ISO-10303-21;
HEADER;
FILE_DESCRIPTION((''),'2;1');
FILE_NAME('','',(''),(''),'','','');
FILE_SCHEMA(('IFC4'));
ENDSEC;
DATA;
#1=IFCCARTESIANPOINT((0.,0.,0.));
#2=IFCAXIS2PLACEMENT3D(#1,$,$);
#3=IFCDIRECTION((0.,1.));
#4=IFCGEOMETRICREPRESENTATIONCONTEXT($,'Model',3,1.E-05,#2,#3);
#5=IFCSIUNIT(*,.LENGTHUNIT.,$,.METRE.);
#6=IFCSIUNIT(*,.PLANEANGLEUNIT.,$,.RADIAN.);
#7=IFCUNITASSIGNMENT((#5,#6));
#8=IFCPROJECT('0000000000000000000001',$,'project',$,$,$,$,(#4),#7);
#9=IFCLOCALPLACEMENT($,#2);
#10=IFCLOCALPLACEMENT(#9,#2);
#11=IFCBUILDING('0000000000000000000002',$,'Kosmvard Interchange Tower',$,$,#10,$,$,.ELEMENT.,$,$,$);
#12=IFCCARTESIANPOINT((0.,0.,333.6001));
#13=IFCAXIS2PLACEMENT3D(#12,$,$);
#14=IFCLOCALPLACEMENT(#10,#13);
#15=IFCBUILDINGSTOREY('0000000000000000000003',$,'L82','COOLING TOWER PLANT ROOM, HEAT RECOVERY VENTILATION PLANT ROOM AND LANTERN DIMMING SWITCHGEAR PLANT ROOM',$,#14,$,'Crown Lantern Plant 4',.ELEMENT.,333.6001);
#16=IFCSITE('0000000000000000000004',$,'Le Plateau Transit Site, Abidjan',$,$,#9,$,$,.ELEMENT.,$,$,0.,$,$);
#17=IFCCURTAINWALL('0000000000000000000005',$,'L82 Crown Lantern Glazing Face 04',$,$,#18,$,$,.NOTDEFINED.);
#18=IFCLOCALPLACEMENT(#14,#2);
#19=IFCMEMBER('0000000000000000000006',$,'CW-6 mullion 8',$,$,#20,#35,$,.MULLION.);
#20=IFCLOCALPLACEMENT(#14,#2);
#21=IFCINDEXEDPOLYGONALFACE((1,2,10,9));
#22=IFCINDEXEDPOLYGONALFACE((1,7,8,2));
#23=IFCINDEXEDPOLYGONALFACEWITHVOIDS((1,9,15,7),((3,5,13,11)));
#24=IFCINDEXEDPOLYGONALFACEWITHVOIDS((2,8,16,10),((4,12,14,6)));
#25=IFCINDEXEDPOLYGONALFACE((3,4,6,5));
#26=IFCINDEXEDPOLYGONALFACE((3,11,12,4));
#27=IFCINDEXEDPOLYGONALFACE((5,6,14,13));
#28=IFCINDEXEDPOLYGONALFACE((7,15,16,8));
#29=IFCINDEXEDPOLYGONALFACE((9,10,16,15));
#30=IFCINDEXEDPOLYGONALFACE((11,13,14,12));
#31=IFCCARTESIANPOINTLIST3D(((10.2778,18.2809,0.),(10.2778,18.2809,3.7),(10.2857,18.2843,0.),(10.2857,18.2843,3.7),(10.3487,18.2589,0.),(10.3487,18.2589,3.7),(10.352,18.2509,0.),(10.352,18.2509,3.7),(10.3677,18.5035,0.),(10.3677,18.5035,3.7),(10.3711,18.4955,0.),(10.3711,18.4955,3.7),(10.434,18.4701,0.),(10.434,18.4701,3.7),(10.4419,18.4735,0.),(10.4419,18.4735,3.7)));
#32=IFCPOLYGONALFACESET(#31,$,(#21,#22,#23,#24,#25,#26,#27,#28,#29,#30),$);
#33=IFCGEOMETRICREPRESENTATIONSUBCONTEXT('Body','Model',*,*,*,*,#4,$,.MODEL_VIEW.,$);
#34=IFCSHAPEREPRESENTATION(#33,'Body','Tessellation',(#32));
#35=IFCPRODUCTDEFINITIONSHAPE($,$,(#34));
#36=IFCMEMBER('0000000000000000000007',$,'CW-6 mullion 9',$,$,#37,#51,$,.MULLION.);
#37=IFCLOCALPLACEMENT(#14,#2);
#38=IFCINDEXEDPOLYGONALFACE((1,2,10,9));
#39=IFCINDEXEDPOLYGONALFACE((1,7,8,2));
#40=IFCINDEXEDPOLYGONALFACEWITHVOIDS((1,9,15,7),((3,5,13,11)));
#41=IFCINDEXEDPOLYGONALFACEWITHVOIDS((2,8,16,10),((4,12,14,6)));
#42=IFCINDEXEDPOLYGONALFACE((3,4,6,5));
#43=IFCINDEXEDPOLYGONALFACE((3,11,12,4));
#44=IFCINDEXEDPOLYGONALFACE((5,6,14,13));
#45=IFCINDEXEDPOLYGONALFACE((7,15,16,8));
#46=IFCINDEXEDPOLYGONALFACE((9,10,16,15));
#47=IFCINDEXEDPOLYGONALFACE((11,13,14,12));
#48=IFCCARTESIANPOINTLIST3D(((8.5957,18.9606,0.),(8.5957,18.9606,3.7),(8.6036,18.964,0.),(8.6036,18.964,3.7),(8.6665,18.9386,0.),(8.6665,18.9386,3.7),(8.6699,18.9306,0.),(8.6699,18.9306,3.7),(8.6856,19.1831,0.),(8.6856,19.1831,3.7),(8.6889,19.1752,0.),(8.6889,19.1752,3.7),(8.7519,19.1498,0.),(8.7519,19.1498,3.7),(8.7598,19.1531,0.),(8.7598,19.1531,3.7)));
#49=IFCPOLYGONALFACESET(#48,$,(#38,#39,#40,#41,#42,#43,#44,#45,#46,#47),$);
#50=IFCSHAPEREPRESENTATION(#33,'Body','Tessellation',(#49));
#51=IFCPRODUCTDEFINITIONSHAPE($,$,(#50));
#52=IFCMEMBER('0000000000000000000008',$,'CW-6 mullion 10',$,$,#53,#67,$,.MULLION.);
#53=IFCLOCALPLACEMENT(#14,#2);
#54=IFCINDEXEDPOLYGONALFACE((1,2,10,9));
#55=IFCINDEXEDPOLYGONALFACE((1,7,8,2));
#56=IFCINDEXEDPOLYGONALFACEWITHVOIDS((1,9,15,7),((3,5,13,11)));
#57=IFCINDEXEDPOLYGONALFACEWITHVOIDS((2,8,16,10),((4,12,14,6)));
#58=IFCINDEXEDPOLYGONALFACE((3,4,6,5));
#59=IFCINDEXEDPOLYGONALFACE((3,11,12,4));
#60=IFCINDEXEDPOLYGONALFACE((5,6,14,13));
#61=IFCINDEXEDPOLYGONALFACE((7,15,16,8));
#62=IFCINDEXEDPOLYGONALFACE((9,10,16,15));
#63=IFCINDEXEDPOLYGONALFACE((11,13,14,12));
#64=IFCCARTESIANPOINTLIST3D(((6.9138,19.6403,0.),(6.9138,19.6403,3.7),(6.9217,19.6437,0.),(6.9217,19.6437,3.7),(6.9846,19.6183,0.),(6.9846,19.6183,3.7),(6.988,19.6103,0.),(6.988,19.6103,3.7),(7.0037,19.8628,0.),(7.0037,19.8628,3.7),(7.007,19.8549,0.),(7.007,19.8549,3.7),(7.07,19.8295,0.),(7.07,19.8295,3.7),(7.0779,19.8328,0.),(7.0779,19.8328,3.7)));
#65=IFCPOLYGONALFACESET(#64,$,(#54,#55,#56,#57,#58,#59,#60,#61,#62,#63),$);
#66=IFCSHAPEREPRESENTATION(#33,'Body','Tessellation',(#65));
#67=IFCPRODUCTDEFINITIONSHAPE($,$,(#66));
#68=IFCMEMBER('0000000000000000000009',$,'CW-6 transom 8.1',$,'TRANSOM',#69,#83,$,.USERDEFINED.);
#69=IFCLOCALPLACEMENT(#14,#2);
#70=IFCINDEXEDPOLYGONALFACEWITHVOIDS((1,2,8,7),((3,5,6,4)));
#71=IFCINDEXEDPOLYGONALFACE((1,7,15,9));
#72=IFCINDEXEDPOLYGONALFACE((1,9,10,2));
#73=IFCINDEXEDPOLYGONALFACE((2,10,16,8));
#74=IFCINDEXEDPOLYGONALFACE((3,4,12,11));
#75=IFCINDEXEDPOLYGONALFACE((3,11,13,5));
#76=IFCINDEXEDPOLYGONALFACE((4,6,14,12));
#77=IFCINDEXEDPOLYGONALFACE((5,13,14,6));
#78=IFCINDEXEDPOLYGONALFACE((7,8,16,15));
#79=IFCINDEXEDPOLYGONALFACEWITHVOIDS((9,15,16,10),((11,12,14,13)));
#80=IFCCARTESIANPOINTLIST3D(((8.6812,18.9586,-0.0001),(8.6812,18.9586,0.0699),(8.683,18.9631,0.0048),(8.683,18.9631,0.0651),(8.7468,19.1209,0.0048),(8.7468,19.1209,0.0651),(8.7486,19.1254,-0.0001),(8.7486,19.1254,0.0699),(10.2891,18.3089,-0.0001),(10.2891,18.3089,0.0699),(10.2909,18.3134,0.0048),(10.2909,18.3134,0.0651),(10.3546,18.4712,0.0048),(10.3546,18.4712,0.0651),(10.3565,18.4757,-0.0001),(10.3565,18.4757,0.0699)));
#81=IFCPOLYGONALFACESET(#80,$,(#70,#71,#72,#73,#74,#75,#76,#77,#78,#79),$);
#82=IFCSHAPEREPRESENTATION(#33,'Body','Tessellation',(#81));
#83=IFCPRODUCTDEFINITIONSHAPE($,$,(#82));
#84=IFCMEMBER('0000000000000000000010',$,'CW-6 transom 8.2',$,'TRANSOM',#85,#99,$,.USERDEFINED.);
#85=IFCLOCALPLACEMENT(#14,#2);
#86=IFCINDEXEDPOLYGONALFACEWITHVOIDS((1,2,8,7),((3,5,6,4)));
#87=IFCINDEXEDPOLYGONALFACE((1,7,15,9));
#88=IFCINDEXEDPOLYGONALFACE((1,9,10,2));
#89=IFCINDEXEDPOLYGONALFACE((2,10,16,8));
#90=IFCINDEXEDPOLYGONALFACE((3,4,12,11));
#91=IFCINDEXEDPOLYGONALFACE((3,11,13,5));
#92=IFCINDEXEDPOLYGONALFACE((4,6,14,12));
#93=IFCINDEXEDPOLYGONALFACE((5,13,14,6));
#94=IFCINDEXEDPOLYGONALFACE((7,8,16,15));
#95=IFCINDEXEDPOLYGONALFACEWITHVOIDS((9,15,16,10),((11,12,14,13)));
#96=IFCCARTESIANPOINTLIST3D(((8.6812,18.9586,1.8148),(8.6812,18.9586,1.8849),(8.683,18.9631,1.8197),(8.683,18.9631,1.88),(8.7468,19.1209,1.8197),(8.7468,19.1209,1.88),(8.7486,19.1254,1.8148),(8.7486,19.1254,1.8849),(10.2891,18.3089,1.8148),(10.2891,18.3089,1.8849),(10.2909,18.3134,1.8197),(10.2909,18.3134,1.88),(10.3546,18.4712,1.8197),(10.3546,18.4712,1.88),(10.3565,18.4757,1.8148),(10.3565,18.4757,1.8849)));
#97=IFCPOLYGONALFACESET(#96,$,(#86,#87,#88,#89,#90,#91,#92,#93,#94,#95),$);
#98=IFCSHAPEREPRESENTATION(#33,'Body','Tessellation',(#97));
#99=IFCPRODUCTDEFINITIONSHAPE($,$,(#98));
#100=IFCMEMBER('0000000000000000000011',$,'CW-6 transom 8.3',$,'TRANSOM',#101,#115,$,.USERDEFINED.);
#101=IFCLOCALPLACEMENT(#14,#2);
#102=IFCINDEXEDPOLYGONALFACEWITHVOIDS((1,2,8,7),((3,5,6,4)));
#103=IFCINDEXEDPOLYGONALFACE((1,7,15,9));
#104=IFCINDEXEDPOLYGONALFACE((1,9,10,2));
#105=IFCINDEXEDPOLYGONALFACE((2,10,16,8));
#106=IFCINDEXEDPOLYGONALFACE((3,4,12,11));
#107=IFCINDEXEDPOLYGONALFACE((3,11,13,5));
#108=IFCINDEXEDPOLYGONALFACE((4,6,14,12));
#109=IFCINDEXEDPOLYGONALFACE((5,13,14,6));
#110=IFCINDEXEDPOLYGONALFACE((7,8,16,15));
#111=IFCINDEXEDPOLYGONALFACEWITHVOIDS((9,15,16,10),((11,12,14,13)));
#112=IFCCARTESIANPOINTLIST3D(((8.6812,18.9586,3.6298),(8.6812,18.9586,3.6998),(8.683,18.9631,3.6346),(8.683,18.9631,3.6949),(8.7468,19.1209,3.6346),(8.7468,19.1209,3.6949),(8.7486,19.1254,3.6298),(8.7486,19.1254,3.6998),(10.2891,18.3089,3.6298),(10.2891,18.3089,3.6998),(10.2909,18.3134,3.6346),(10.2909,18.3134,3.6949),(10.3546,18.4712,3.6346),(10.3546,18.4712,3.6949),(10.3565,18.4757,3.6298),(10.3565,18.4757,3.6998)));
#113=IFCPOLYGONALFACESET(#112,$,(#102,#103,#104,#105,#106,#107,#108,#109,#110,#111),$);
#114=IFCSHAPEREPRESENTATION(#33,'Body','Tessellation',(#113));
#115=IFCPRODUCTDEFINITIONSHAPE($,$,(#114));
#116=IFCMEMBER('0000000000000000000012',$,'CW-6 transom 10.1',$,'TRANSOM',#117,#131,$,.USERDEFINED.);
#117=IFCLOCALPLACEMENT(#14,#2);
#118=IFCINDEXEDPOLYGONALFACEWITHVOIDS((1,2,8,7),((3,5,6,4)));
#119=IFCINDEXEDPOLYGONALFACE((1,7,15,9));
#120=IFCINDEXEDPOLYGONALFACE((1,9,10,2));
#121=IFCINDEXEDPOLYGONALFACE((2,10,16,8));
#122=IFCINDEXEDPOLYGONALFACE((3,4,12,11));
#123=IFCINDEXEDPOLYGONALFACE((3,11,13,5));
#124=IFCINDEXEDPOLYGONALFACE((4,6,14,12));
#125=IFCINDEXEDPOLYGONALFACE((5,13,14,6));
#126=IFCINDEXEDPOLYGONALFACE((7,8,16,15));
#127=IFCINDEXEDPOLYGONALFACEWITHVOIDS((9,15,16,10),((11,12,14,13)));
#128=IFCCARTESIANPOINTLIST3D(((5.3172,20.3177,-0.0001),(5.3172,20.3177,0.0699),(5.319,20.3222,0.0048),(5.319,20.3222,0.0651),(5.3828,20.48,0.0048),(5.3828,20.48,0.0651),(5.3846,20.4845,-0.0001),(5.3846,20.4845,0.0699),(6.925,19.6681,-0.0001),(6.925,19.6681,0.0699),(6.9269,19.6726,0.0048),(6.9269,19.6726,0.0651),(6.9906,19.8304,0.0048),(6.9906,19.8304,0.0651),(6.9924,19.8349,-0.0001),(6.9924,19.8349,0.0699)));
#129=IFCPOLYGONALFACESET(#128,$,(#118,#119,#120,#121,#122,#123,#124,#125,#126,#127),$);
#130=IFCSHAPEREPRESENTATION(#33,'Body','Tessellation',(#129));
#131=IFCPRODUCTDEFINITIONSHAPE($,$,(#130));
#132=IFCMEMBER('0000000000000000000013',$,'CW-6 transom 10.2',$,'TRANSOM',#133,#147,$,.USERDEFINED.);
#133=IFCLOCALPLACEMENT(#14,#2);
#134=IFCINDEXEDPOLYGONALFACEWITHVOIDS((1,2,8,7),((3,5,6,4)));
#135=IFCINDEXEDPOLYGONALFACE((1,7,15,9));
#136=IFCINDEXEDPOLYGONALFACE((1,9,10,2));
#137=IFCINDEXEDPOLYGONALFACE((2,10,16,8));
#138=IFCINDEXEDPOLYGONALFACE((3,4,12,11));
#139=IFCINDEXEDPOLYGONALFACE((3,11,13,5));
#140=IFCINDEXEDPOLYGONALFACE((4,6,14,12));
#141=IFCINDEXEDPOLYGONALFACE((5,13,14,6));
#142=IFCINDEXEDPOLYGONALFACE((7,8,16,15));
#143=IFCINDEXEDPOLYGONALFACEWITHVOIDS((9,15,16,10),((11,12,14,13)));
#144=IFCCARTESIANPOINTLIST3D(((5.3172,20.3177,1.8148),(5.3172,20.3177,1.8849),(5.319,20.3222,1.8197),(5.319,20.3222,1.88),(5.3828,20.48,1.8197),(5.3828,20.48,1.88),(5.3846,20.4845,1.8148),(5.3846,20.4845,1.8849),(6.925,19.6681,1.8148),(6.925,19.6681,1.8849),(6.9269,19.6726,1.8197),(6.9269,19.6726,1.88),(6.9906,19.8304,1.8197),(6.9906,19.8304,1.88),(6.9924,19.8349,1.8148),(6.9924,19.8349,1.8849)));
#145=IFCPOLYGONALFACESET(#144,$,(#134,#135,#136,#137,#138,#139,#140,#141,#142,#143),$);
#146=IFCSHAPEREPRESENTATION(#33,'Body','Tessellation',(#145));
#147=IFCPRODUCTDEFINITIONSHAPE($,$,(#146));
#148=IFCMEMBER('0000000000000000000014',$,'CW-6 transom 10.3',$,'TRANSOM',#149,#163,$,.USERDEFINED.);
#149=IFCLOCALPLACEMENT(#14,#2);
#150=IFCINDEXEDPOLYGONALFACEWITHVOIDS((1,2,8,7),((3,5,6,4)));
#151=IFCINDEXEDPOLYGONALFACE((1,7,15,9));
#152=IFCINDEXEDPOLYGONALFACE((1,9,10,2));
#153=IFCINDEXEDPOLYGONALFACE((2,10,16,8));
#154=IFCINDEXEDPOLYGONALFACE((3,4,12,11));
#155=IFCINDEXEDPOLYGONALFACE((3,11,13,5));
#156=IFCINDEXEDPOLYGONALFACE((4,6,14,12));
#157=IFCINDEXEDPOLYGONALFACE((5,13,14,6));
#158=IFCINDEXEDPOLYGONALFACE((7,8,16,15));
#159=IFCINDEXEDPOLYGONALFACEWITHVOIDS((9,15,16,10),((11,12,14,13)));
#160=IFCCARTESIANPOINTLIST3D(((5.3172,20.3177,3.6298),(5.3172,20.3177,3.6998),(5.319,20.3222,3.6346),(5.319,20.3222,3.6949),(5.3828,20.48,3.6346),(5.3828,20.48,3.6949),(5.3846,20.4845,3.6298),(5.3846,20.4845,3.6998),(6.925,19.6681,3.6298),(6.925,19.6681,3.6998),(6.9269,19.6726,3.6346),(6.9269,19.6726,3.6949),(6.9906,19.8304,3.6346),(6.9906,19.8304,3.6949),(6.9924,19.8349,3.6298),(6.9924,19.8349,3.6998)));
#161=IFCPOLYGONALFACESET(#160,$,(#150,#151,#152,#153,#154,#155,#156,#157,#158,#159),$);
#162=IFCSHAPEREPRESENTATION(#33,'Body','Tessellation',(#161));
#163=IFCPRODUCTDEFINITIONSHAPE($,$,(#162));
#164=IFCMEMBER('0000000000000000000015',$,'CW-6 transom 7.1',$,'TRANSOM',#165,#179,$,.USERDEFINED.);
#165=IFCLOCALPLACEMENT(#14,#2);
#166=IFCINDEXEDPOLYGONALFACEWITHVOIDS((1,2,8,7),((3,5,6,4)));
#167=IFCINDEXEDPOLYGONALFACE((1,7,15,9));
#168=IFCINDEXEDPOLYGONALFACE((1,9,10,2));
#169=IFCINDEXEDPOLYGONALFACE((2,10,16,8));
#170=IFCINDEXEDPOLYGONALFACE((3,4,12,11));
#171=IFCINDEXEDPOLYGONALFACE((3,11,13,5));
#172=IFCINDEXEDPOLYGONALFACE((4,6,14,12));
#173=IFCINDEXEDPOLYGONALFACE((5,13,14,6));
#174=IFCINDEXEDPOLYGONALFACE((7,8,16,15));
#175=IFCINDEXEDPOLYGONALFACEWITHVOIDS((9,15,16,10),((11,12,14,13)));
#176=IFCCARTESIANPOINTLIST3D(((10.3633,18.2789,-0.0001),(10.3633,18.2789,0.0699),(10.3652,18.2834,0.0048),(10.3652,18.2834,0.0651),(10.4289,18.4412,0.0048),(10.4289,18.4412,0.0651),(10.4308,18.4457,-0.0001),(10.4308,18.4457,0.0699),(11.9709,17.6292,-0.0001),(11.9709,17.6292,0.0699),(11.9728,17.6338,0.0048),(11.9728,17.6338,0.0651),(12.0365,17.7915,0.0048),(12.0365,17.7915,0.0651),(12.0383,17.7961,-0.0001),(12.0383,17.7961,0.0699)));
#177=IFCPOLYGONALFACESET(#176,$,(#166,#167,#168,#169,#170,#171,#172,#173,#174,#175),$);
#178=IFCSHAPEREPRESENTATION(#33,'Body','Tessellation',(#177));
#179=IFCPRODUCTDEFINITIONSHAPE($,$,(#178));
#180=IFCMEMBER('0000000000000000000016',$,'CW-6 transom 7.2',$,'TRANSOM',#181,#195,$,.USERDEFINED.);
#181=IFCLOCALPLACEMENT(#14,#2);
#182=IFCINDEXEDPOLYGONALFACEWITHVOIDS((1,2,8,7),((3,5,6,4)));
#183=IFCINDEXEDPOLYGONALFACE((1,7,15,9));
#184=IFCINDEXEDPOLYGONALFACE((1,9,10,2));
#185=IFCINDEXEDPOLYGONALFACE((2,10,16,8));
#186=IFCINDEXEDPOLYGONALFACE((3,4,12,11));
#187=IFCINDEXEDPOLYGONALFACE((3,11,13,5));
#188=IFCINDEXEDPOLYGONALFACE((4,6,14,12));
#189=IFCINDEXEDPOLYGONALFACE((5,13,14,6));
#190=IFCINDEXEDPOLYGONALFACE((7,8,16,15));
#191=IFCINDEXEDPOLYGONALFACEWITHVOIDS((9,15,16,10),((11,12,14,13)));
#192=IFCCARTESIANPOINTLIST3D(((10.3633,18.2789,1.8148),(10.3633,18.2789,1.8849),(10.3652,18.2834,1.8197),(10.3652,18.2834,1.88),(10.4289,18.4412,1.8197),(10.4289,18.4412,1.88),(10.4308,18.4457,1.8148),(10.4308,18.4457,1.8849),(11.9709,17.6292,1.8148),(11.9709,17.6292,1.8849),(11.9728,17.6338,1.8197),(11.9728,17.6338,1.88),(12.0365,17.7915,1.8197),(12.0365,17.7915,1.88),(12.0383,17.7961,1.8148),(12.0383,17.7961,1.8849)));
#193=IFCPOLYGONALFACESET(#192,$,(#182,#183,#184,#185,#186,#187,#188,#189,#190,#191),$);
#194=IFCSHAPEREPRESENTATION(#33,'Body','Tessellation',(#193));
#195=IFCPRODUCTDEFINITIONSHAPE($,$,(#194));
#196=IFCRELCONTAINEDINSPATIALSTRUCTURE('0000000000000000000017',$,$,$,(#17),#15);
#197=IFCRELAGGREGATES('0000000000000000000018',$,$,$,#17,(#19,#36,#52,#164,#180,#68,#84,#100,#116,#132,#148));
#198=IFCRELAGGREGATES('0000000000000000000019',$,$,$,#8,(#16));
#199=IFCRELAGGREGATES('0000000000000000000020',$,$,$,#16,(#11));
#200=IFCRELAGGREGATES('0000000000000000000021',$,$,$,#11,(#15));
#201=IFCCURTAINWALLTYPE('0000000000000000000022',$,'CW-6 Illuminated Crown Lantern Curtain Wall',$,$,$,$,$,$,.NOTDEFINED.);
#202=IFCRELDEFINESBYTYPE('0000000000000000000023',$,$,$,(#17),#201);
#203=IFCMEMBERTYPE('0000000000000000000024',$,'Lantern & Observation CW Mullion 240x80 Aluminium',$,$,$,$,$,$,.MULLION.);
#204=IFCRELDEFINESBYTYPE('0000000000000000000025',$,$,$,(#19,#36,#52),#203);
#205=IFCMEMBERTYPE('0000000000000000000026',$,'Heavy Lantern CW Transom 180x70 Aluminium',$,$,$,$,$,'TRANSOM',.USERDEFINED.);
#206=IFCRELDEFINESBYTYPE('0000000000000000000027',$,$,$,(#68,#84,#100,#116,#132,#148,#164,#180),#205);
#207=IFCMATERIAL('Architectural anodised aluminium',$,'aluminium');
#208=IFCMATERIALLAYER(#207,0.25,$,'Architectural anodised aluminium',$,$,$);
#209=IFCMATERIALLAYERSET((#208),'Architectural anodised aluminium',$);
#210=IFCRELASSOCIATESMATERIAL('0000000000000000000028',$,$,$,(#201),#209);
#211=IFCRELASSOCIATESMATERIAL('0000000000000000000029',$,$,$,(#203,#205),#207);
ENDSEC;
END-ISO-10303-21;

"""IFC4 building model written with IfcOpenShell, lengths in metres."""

from ifc_helpers import new_model, si_unit, direction, frame, origin, origin_2d, place, context, subcontext, project, spatial, hollow_rectangle, extrude, source, transform, mapped, material, layer, layer_set, material_profile, profile_set, type_object, element, aggregate, save


model = new_model("IFC4")

# Units and contexts
model_context = context("Model", 3, precision=1e-05, world=origin(), true_north=direction((0.0, 1.0)))
body_context = subcontext(model_context, "Body", "Model", "MODEL_VIEW")
ifc_project = project(units=[si_unit("LENGTHUNIT", "METRE"), si_unit("PLANEANGLEUNIT", "RADIAN")], contexts=[model_context])

# Site, building, storey
site_placement = place(None, origin())
site = spatial("IfcSite", under=ifc_project, at=site_placement, Name="Le Plateau Transit Site, Abidjan", CompositionType="ELEMENT", RefElevation=0.0)
building_placement = place(site_placement, origin())
building = spatial("IfcBuilding", under=site, at=building_placement, Name="Kosmvard Interchange Tower", CompositionType="ELEMENT")
storey_placement = place(building_placement, frame((0.0, 0.0, 333.6001)))
storey = spatial("IfcBuildingStorey", under=building, at=storey_placement, Name="L82", Description="COOLING TOWER PLANT ROOM, HEAT RECOVERY VENTILATION PLANT ROOM AND LANTERN DIMMING SWITCHGEAR PLANT ROOM", LongName="Crown Lantern Plant 4", CompositionType="ELEMENT", Elevation=333.6001)

# Curtain wall, members
ifc_material_1 = material(Name="Architectural anodised aluminium", Category="aluminium")
ifc_layer_1 = layer(ifc_material_1, 0.25, Name="Architectural anodised aluminium")
ifc_layer_set_1 = layer_set([ifc_layer_1], Name="Architectural anodised aluminium")
curtain_wall_type = type_object("IfcCurtainWallType", Name="CW-6 Illuminated Crown Lantern Curtain Wall", PredefinedType="NOTDEFINED", material=ifc_layer_set_1)
curtain_wall_placement = place(storey_placement, origin())
curtain_wall = element("IfcCurtainWall", 1, at=curtain_wall_placement, inside=storey, type_object=curtain_wall_type, Name="L82 Crown Lantern Glazing Face 04", PredefinedType="NOTDEFINED")
ifc_material_profile_1 = material_profile(ifc_material_1, hollow_rectangle(XDim=0.24, YDim=0.0801, WallThickness=0.0061, at=origin_2d()), Name="CWM 240x80x6")
ifc_profile_set_1 = profile_set([ifc_material_profile_1], Name="Architectural anodised aluminium")
member_type_1 = type_object("IfcMemberType", Name="Lantern & Observation CW Mullion 240x80 Aluminium", PredefinedType="MULLION", material=ifc_profile_set_1)
shared_shape_1 = source(origin(), body_context, "Body", "SweptSolid", [
    extrude(hollow_rectangle(XDim=0.24, YDim=0.0801, WallThickness=0.0061, at=origin_2d()), origin(), (0.0, 0.0, 1.0), 3.7),
])
member_1_placement = place(storey_placement, frame((10.3599, 18.3772, 0.0), z_axis=(0.0, 0.0, 1.0), x_axis=(-0.374607, -0.927184, 0.0)))
member_1 = element("IfcMember", 2, at=member_1_placement, type_object=member_type_1, Name="CW-6 mullion 8", PredefinedType="MULLION", context=body_context, shape_type="MappedRepresentation", body=[
    mapped(shared_shape_1, transform((0.0, 0.0, 0.0), scale=1.0)),
])
member_2_placement = place(storey_placement, frame((8.6777, 19.0569, 0.0), z_axis=(0.0, 0.0, 1.0), x_axis=(-0.374607, -0.927184, 0.0)))
member_2 = element("IfcMember", 3, at=member_2_placement, type_object=member_type_1, Name="CW-6 mullion 9", PredefinedType="MULLION", context=body_context, shape_type="MappedRepresentation", body=[
    mapped(shared_shape_1, transform((0.0, 0.0, 0.0), scale=1.0)),
])
member_3_placement = place(storey_placement, frame((6.9958, 19.7366, 0.0), z_axis=(0.0, 0.0, 1.0), x_axis=(-0.374607, -0.927184, 0.0)))
member_3 = element("IfcMember", 4, at=member_3_placement, type_object=member_type_1, Name="CW-6 mullion 10", PredefinedType="MULLION", context=body_context, shape_type="MappedRepresentation", body=[
    mapped(shared_shape_1, transform((0.0, 0.0, 0.0), scale=1.0)),
])
ifc_material_profile_2 = material_profile(ifc_material_1, hollow_rectangle(XDim=0.1799, YDim=0.0701, WallThickness=0.0049, at=origin_2d()), Name="CWT 180x70x5")
ifc_profile_set_2 = profile_set([ifc_material_profile_2], Name="Architectural anodised aluminium")
member_type_2 = type_object("IfcMemberType", Name="Heavy Lantern CW Transom 180x70 Aluminium", ElementType="TRANSOM", PredefinedType="USERDEFINED", material=ifc_profile_set_2)
shared_shape_2 = source(origin(), body_context, "Body", "SweptSolid", [
    extrude(hollow_rectangle(XDim=0.1799, YDim=0.0701, WallThickness=0.0049, at=origin_2d()), origin(), (0.0, 0.0, 1.0), 1.7341),
])
member_4_placement = place(storey_placement, frame((10.3228, 18.3923, 0.0349), z_axis=(-0.92718, 0.374617, 0.0), x_axis=(-0.374617, -0.92718, 0.0)))
member_4 = element("IfcMember", 5, at=member_4_placement, type_object=member_type_2, Name="CW-6 transom 8.1", ObjectType="TRANSOM", PredefinedType="USERDEFINED", context=body_context, shape_type="MappedRepresentation", body=[
    mapped(shared_shape_2, transform((0.0, 0.0, 0.0), scale=1.0)),
])
member_5_placement = place(storey_placement, frame((10.3228, 18.3923, 1.8499), z_axis=(-0.92718, 0.374617, 0.0), x_axis=(-0.374617, -0.92718, 0.0)))
member_5 = element("IfcMember", 6, at=member_5_placement, type_object=member_type_2, Name="CW-6 transom 8.2", ObjectType="TRANSOM", PredefinedType="USERDEFINED", context=body_context, shape_type="MappedRepresentation", body=[
    mapped(shared_shape_2, transform((0.0, 0.0, 0.0), scale=1.0)),
])
member_6_placement = place(storey_placement, frame((10.3228, 18.3923, 3.6648), z_axis=(-0.92718, 0.374617, 0.0), x_axis=(-0.374617, -0.92718, 0.0)))
member_6 = element("IfcMember", 7, at=member_6_placement, type_object=member_type_2, Name="CW-6 transom 8.3", ObjectType="TRANSOM", PredefinedType="USERDEFINED", context=body_context, shape_type="MappedRepresentation", body=[
    mapped(shared_shape_2, transform((0.0, 0.0, 0.0), scale=1.0)),
])
member_7_placement = place(storey_placement, frame((6.9587, 19.7515, 0.0349), z_axis=(-0.92718, 0.374617, 0.0), x_axis=(-0.374617, -0.92718, 0.0)))
member_7 = element("IfcMember", 8, at=member_7_placement, type_object=member_type_2, Name="CW-6 transom 10.1", ObjectType="TRANSOM", PredefinedType="USERDEFINED", context=body_context, shape_type="MappedRepresentation", body=[
    mapped(shared_shape_2, transform((0.0, 0.0, 0.0), scale=1.0)),
])
member_8_placement = place(storey_placement, frame((6.9587, 19.7515, 1.8499), z_axis=(-0.92718, 0.374617, 0.0), x_axis=(-0.374617, -0.92718, 0.0)))
member_8 = element("IfcMember", 9, at=member_8_placement, type_object=member_type_2, Name="CW-6 transom 10.2", ObjectType="TRANSOM", PredefinedType="USERDEFINED", context=body_context, shape_type="MappedRepresentation", body=[
    mapped(shared_shape_2, transform((0.0, 0.0, 0.0), scale=1.0)),
])
member_9_placement = place(storey_placement, frame((6.9587, 19.7515, 3.6648), z_axis=(-0.92718, 0.374617, 0.0), x_axis=(-0.374617, -0.92718, 0.0)))
member_9 = element("IfcMember", 10, at=member_9_placement, type_object=member_type_2, Name="CW-6 transom 10.3", ObjectType="TRANSOM", PredefinedType="USERDEFINED", context=body_context, shape_type="MappedRepresentation", body=[
    mapped(shared_shape_2, transform((0.0, 0.0, 0.0), scale=1.0)),
])
shared_shape_3 = source(origin(), body_context, "Body", "SweptSolid", [
    extrude(hollow_rectangle(XDim=0.1799, YDim=0.0701, WallThickness=0.0049, at=origin_2d()), origin(), (0.0, 0.0, 1.0), 1.7339),
])
member_10_placement = place(storey_placement, frame((12.0046, 17.7126, 0.0349), z_axis=(-0.92716, 0.374666, 0.0), x_axis=(-0.374666, -0.92716, 0.0)))
member_10 = element("IfcMember", 11, at=member_10_placement, type_object=member_type_2, Name="CW-6 transom 7.1", ObjectType="TRANSOM", PredefinedType="USERDEFINED", context=body_context, shape_type="MappedRepresentation", body=[
    mapped(shared_shape_3, transform((0.0, 0.0, 0.0), scale=1.0)),
])
member_11_placement = place(storey_placement, frame((12.0046, 17.7126, 1.8499), z_axis=(-0.92716, 0.374666, 0.0), x_axis=(-0.374666, -0.92716, 0.0)))
member_11 = element("IfcMember", 12, at=member_11_placement, type_object=member_type_2, Name="CW-6 transom 7.2", ObjectType="TRANSOM", PredefinedType="USERDEFINED", context=body_context, shape_type="MappedRepresentation", body=[
    mapped(shared_shape_3, transform((0.0, 0.0, 0.0), scale=1.0)),
])
aggregate(curtain_wall, [member_1, member_2, member_3, member_10, member_11, member_4, member_5, member_6, member_7, member_8, member_9])

save(model, "model.ifc")
